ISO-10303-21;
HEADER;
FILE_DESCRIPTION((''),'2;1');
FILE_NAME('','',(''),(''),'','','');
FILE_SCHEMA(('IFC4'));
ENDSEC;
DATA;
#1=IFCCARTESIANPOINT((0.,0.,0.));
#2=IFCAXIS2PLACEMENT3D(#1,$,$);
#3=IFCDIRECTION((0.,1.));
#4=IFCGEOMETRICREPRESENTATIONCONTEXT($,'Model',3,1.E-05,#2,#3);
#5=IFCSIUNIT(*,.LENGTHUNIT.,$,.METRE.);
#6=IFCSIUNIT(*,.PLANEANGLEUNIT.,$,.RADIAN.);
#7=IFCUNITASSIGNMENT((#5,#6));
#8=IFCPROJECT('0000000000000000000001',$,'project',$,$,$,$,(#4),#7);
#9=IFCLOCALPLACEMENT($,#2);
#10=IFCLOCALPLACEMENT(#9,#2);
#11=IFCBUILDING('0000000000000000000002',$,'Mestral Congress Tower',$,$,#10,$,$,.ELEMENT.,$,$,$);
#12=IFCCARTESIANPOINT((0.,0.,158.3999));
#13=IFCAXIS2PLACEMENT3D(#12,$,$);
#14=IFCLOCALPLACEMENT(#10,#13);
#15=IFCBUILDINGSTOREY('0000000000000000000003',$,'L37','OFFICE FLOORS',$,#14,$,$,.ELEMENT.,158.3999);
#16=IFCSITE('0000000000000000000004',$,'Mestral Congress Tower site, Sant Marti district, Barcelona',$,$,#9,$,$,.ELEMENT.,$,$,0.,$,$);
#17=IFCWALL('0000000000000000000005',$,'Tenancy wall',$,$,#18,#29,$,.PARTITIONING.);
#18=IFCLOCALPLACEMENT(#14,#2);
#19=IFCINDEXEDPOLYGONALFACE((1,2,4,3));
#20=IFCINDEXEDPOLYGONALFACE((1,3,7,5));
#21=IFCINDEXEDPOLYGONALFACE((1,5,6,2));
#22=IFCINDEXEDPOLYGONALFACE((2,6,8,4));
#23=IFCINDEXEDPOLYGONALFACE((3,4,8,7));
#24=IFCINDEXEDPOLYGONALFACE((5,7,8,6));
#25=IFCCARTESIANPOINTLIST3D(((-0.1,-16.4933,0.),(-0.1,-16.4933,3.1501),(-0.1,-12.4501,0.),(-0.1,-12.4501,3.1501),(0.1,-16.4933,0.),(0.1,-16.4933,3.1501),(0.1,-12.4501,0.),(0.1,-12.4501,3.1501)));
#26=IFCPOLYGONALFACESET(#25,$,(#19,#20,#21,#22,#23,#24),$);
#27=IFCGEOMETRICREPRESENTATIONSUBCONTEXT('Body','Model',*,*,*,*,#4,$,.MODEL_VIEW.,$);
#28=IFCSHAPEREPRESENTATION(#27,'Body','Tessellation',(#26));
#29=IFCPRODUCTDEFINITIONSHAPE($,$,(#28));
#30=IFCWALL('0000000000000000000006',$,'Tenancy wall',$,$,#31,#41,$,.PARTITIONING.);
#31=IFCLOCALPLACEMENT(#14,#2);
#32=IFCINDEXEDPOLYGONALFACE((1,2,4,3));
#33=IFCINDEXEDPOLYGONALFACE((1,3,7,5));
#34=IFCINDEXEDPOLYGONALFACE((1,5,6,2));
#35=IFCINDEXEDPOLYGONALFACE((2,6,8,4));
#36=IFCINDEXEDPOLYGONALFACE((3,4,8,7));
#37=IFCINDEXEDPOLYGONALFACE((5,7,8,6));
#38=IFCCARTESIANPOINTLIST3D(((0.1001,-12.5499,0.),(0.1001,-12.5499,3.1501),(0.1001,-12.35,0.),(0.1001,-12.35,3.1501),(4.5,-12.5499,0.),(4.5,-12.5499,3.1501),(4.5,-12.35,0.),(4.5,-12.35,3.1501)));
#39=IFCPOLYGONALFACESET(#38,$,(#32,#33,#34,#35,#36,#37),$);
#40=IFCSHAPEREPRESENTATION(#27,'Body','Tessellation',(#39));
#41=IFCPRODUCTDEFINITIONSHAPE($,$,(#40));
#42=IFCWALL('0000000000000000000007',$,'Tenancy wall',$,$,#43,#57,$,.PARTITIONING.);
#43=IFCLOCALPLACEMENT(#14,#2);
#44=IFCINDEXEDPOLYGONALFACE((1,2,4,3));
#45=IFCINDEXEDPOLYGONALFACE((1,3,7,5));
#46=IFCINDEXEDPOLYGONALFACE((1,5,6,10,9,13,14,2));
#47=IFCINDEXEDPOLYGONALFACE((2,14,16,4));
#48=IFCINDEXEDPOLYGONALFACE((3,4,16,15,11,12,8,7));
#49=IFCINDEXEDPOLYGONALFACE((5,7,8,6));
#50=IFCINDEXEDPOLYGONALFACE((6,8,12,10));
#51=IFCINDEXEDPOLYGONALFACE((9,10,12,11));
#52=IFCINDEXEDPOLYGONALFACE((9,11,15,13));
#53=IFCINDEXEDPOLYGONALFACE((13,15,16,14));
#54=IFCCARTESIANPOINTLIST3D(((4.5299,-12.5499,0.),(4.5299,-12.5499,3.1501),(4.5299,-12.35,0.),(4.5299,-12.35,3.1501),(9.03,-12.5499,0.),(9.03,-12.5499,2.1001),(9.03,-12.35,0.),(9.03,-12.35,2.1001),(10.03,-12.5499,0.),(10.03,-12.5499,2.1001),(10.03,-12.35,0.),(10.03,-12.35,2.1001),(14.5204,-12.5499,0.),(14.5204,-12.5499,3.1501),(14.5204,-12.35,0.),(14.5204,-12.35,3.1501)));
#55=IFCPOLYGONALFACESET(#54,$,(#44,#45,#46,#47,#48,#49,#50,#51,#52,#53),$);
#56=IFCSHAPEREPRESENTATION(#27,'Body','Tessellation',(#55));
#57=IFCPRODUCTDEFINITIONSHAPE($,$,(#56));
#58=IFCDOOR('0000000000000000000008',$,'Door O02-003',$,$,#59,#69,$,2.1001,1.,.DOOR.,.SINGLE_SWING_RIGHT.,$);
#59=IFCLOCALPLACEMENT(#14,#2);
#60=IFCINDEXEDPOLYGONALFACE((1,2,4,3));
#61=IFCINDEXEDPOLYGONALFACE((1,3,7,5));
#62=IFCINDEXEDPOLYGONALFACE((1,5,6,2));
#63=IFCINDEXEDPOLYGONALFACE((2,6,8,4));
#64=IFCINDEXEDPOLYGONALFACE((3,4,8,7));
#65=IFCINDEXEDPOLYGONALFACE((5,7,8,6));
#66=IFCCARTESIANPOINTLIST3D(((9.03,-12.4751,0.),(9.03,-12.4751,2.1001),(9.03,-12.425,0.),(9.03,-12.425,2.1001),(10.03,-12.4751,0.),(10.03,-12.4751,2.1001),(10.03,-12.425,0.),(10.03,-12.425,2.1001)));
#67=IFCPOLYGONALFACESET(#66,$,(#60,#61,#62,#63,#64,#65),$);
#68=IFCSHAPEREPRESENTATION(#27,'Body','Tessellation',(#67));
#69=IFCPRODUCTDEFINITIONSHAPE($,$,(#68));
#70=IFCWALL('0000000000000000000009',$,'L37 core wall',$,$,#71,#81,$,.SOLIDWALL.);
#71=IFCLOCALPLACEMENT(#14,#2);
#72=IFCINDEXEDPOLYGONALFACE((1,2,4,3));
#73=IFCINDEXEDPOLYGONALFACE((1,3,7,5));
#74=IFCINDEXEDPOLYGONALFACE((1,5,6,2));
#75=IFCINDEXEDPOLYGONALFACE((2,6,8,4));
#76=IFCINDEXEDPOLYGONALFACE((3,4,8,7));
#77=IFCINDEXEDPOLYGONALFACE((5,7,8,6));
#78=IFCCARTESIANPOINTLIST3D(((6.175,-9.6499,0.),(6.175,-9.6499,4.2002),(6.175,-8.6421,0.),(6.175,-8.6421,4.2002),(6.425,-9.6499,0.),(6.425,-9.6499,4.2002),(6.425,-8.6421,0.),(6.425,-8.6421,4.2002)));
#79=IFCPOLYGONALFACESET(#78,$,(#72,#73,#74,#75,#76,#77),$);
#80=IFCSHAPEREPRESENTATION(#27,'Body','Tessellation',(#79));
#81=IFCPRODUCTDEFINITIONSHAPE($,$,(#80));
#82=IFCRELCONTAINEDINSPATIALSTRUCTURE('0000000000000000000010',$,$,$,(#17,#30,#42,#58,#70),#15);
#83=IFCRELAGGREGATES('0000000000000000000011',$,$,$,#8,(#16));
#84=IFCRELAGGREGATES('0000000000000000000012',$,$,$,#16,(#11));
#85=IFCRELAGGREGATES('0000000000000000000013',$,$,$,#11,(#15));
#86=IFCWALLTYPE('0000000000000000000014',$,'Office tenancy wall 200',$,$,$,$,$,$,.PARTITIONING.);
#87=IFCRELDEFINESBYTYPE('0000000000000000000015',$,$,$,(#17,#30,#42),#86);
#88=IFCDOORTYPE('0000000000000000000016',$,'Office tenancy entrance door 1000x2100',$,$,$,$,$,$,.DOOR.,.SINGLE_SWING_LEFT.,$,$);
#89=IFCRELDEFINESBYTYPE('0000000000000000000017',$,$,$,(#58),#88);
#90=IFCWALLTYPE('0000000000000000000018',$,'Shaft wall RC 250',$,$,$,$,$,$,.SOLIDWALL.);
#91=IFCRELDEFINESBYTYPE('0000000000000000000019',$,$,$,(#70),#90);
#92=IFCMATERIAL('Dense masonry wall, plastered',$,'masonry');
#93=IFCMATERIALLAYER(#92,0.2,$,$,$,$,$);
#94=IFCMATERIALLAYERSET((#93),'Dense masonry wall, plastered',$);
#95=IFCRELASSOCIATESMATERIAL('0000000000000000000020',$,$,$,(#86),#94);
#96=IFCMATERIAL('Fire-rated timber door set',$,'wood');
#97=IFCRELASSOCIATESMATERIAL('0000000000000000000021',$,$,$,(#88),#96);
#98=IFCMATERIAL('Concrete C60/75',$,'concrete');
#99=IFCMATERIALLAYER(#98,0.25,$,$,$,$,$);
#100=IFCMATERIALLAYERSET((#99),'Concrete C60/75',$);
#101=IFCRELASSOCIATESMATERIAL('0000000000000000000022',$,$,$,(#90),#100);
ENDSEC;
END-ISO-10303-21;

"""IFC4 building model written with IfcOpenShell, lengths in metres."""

from ifc_helpers import new_model, si_unit, direction, frame, frame_2d, origin, place, context, subcontext, project, spatial, rectangle, extrude, material, layer, layer_set, type_object, element, fill, save


model = new_model("IFC4")

# Units and contexts
model_context = context("Model", 3, precision=1e-05, world=origin(), true_north=direction((0.0, 1.0)))
body_context = subcontext(model_context, "Body", "Model", "MODEL_VIEW")
ifc_project = project(units=[si_unit("LENGTHUNIT", "METRE"), si_unit("PLANEANGLEUNIT", "RADIAN")], contexts=[model_context])

# Site, building, storey
site_placement = place(None, origin())
site = spatial("IfcSite", under=ifc_project, at=site_placement, Name="Mestral Congress Tower site, Sant Marti district, Barcelona", CompositionType="ELEMENT", RefElevation=0.0)
building_placement = place(site_placement, origin())
building = spatial("IfcBuilding", under=site, at=building_placement, Name="Mestral Congress Tower", CompositionType="ELEMENT")
storey_placement = place(building_placement, frame((0.0, 0.0, 158.3999)))
storey = spatial("IfcBuildingStorey", under=building, at=storey_placement, Name="L37", Description="OFFICE FLOORS", CompositionType="ELEMENT", Elevation=158.3999)

# Shared definitions
ifc_material_1 = material(Name="Concrete C60/75", Category="concrete")

# Walls
ifc_material_2 = material(Name="Dense masonry wall, plastered", Category="masonry")
ifc_layer_1 = layer(ifc_material_2, 0.2)
ifc_layer_set_1 = layer_set([ifc_layer_1], Name="Dense masonry wall, plastered")
wall_type_1 = type_object("IfcWallType", Name="Office tenancy wall 200", PredefinedType="PARTITIONING", material=ifc_layer_set_1)
wall_1_placement = place(storey_placement, frame((0.0, -16.4932, 0.0), z_axis=(0.0, 0.0, 1.0), x_axis=(0.0, 1.0, 0.0)))
element("IfcWall", 1, at=wall_1_placement, inside=storey, type_object=wall_type_1, Name="Tenancy wall", PredefinedType="PARTITIONING", context=body_context, shape_type="SweptSolid", body=[
    extrude(rectangle(XDim=4.0432, YDim=0.2, at=frame_2d((2.0215, 0.0))), origin(), (0.0, 0.0, 1.0), 3.1501),
])
wall_2_placement = place(storey_placement, frame((0.1001, -12.45, 0.0), z_axis=(0.0, 0.0, 1.0), x_axis=(1.0, 0.0, 0.0)))
element("IfcWall", 2, at=wall_2_placement, inside=storey, type_object=wall_type_1, Name="Tenancy wall", PredefinedType="PARTITIONING", context=body_context, shape_type="SweptSolid", body=[
    extrude(rectangle(XDim=4.3999, YDim=0.2, at=frame_2d((2.2, 0.0))), origin(), (0.0, 0.0, 1.0), 3.1501),
])

# Wall, opening, door
wall_3_placement = place(storey_placement, frame((4.53, -12.45, 0.0), z_axis=(0.0, 0.0, 1.0), x_axis=(1.0, 0.0, 0.0)))
wall_3 = element("IfcWall", 3, at=wall_3_placement, inside=storey, type_object=wall_type_1, Name="Tenancy wall", PredefinedType="PARTITIONING", context=body_context, shape_type="SweptSolid", body=[
    extrude(rectangle(XDim=9.9905, YDim=0.2, at=frame_2d((4.9951, 0.0))), origin(), (0.0, 0.0, 1.0), 3.1501),
])
opening_1_placement = place(wall_3_placement, frame((4.5, 0.0, 0.0)))
opening_1 = element("IfcOpeningElement", 4, at=opening_1_placement, cuts=wall_3, PredefinedType="OPENING", context=body_context, shape_type="SweptSolid", body=[
    extrude(rectangle(XDim=1.0, YDim=2.1001, at=frame_2d((0.5, 1.05))), frame((0.0, 0.1099, 0.0), z_axis=(0.0, -1.0, 0.0), x_axis=(1.0, 0.0, 0.0)), (0.0, 0.0, 1.0), 0.22),
])
ifc_material_3 = material(Name="Fire-rated timber door set", Category="wood")
door_type_1 = type_object("IfcDoorType", Name="Office tenancy entrance door 1000x2100", OperationType="SINGLE_SWING_LEFT", PredefinedType="DOOR", material=ifc_material_3)
door_1_placement = place(opening_1_placement, origin())
door_1 = element("IfcDoor", 5, at=door_1_placement, inside=storey, type_object=door_type_1, Name="Door O02-003", OperationType="SINGLE_SWING_RIGHT", OverallHeight=2.1001, OverallWidth=1.0, PredefinedType="DOOR", context=body_context, shape_type="SweptSolid", body=[
    extrude(rectangle(XDim=1.0, YDim=2.1001, at=frame_2d((0.5, 1.05))), frame((0.0, 0.0249, 0.0), z_axis=(0.0, -1.0, 0.0), x_axis=(1.0, 0.0, 0.0)), (0.0, 0.0, 1.0), 0.05),
])
fill(opening_1, door_1)

# Wall
ifc_layer_2 = layer(ifc_material_1, 0.25)
ifc_layer_set_2 = layer_set([ifc_layer_2], Name="Concrete C60/75")
wall_type_2 = type_object("IfcWallType", Name="Shaft wall RC 250", PredefinedType="SOLIDWALL", material=ifc_layer_set_2)
wall_4_placement = place(storey_placement, frame((6.3, -9.6499, 0.0), z_axis=(0.0, 0.0, 1.0), x_axis=(0.0, 1.0, 0.0)))
element("IfcWall", 6, at=wall_4_placement, inside=storey, type_object=wall_type_2, Name="L37 core wall", PredefinedType="SOLIDWALL", context=body_context, shape_type="SweptSolid", body=[
    extrude(rectangle(XDim=1.0078, YDim=0.25, at=frame_2d((0.5039, 0.0))), origin(), (0.0, 0.0, 1.0), 4.2002),
])

save(model, "model.ifc")
